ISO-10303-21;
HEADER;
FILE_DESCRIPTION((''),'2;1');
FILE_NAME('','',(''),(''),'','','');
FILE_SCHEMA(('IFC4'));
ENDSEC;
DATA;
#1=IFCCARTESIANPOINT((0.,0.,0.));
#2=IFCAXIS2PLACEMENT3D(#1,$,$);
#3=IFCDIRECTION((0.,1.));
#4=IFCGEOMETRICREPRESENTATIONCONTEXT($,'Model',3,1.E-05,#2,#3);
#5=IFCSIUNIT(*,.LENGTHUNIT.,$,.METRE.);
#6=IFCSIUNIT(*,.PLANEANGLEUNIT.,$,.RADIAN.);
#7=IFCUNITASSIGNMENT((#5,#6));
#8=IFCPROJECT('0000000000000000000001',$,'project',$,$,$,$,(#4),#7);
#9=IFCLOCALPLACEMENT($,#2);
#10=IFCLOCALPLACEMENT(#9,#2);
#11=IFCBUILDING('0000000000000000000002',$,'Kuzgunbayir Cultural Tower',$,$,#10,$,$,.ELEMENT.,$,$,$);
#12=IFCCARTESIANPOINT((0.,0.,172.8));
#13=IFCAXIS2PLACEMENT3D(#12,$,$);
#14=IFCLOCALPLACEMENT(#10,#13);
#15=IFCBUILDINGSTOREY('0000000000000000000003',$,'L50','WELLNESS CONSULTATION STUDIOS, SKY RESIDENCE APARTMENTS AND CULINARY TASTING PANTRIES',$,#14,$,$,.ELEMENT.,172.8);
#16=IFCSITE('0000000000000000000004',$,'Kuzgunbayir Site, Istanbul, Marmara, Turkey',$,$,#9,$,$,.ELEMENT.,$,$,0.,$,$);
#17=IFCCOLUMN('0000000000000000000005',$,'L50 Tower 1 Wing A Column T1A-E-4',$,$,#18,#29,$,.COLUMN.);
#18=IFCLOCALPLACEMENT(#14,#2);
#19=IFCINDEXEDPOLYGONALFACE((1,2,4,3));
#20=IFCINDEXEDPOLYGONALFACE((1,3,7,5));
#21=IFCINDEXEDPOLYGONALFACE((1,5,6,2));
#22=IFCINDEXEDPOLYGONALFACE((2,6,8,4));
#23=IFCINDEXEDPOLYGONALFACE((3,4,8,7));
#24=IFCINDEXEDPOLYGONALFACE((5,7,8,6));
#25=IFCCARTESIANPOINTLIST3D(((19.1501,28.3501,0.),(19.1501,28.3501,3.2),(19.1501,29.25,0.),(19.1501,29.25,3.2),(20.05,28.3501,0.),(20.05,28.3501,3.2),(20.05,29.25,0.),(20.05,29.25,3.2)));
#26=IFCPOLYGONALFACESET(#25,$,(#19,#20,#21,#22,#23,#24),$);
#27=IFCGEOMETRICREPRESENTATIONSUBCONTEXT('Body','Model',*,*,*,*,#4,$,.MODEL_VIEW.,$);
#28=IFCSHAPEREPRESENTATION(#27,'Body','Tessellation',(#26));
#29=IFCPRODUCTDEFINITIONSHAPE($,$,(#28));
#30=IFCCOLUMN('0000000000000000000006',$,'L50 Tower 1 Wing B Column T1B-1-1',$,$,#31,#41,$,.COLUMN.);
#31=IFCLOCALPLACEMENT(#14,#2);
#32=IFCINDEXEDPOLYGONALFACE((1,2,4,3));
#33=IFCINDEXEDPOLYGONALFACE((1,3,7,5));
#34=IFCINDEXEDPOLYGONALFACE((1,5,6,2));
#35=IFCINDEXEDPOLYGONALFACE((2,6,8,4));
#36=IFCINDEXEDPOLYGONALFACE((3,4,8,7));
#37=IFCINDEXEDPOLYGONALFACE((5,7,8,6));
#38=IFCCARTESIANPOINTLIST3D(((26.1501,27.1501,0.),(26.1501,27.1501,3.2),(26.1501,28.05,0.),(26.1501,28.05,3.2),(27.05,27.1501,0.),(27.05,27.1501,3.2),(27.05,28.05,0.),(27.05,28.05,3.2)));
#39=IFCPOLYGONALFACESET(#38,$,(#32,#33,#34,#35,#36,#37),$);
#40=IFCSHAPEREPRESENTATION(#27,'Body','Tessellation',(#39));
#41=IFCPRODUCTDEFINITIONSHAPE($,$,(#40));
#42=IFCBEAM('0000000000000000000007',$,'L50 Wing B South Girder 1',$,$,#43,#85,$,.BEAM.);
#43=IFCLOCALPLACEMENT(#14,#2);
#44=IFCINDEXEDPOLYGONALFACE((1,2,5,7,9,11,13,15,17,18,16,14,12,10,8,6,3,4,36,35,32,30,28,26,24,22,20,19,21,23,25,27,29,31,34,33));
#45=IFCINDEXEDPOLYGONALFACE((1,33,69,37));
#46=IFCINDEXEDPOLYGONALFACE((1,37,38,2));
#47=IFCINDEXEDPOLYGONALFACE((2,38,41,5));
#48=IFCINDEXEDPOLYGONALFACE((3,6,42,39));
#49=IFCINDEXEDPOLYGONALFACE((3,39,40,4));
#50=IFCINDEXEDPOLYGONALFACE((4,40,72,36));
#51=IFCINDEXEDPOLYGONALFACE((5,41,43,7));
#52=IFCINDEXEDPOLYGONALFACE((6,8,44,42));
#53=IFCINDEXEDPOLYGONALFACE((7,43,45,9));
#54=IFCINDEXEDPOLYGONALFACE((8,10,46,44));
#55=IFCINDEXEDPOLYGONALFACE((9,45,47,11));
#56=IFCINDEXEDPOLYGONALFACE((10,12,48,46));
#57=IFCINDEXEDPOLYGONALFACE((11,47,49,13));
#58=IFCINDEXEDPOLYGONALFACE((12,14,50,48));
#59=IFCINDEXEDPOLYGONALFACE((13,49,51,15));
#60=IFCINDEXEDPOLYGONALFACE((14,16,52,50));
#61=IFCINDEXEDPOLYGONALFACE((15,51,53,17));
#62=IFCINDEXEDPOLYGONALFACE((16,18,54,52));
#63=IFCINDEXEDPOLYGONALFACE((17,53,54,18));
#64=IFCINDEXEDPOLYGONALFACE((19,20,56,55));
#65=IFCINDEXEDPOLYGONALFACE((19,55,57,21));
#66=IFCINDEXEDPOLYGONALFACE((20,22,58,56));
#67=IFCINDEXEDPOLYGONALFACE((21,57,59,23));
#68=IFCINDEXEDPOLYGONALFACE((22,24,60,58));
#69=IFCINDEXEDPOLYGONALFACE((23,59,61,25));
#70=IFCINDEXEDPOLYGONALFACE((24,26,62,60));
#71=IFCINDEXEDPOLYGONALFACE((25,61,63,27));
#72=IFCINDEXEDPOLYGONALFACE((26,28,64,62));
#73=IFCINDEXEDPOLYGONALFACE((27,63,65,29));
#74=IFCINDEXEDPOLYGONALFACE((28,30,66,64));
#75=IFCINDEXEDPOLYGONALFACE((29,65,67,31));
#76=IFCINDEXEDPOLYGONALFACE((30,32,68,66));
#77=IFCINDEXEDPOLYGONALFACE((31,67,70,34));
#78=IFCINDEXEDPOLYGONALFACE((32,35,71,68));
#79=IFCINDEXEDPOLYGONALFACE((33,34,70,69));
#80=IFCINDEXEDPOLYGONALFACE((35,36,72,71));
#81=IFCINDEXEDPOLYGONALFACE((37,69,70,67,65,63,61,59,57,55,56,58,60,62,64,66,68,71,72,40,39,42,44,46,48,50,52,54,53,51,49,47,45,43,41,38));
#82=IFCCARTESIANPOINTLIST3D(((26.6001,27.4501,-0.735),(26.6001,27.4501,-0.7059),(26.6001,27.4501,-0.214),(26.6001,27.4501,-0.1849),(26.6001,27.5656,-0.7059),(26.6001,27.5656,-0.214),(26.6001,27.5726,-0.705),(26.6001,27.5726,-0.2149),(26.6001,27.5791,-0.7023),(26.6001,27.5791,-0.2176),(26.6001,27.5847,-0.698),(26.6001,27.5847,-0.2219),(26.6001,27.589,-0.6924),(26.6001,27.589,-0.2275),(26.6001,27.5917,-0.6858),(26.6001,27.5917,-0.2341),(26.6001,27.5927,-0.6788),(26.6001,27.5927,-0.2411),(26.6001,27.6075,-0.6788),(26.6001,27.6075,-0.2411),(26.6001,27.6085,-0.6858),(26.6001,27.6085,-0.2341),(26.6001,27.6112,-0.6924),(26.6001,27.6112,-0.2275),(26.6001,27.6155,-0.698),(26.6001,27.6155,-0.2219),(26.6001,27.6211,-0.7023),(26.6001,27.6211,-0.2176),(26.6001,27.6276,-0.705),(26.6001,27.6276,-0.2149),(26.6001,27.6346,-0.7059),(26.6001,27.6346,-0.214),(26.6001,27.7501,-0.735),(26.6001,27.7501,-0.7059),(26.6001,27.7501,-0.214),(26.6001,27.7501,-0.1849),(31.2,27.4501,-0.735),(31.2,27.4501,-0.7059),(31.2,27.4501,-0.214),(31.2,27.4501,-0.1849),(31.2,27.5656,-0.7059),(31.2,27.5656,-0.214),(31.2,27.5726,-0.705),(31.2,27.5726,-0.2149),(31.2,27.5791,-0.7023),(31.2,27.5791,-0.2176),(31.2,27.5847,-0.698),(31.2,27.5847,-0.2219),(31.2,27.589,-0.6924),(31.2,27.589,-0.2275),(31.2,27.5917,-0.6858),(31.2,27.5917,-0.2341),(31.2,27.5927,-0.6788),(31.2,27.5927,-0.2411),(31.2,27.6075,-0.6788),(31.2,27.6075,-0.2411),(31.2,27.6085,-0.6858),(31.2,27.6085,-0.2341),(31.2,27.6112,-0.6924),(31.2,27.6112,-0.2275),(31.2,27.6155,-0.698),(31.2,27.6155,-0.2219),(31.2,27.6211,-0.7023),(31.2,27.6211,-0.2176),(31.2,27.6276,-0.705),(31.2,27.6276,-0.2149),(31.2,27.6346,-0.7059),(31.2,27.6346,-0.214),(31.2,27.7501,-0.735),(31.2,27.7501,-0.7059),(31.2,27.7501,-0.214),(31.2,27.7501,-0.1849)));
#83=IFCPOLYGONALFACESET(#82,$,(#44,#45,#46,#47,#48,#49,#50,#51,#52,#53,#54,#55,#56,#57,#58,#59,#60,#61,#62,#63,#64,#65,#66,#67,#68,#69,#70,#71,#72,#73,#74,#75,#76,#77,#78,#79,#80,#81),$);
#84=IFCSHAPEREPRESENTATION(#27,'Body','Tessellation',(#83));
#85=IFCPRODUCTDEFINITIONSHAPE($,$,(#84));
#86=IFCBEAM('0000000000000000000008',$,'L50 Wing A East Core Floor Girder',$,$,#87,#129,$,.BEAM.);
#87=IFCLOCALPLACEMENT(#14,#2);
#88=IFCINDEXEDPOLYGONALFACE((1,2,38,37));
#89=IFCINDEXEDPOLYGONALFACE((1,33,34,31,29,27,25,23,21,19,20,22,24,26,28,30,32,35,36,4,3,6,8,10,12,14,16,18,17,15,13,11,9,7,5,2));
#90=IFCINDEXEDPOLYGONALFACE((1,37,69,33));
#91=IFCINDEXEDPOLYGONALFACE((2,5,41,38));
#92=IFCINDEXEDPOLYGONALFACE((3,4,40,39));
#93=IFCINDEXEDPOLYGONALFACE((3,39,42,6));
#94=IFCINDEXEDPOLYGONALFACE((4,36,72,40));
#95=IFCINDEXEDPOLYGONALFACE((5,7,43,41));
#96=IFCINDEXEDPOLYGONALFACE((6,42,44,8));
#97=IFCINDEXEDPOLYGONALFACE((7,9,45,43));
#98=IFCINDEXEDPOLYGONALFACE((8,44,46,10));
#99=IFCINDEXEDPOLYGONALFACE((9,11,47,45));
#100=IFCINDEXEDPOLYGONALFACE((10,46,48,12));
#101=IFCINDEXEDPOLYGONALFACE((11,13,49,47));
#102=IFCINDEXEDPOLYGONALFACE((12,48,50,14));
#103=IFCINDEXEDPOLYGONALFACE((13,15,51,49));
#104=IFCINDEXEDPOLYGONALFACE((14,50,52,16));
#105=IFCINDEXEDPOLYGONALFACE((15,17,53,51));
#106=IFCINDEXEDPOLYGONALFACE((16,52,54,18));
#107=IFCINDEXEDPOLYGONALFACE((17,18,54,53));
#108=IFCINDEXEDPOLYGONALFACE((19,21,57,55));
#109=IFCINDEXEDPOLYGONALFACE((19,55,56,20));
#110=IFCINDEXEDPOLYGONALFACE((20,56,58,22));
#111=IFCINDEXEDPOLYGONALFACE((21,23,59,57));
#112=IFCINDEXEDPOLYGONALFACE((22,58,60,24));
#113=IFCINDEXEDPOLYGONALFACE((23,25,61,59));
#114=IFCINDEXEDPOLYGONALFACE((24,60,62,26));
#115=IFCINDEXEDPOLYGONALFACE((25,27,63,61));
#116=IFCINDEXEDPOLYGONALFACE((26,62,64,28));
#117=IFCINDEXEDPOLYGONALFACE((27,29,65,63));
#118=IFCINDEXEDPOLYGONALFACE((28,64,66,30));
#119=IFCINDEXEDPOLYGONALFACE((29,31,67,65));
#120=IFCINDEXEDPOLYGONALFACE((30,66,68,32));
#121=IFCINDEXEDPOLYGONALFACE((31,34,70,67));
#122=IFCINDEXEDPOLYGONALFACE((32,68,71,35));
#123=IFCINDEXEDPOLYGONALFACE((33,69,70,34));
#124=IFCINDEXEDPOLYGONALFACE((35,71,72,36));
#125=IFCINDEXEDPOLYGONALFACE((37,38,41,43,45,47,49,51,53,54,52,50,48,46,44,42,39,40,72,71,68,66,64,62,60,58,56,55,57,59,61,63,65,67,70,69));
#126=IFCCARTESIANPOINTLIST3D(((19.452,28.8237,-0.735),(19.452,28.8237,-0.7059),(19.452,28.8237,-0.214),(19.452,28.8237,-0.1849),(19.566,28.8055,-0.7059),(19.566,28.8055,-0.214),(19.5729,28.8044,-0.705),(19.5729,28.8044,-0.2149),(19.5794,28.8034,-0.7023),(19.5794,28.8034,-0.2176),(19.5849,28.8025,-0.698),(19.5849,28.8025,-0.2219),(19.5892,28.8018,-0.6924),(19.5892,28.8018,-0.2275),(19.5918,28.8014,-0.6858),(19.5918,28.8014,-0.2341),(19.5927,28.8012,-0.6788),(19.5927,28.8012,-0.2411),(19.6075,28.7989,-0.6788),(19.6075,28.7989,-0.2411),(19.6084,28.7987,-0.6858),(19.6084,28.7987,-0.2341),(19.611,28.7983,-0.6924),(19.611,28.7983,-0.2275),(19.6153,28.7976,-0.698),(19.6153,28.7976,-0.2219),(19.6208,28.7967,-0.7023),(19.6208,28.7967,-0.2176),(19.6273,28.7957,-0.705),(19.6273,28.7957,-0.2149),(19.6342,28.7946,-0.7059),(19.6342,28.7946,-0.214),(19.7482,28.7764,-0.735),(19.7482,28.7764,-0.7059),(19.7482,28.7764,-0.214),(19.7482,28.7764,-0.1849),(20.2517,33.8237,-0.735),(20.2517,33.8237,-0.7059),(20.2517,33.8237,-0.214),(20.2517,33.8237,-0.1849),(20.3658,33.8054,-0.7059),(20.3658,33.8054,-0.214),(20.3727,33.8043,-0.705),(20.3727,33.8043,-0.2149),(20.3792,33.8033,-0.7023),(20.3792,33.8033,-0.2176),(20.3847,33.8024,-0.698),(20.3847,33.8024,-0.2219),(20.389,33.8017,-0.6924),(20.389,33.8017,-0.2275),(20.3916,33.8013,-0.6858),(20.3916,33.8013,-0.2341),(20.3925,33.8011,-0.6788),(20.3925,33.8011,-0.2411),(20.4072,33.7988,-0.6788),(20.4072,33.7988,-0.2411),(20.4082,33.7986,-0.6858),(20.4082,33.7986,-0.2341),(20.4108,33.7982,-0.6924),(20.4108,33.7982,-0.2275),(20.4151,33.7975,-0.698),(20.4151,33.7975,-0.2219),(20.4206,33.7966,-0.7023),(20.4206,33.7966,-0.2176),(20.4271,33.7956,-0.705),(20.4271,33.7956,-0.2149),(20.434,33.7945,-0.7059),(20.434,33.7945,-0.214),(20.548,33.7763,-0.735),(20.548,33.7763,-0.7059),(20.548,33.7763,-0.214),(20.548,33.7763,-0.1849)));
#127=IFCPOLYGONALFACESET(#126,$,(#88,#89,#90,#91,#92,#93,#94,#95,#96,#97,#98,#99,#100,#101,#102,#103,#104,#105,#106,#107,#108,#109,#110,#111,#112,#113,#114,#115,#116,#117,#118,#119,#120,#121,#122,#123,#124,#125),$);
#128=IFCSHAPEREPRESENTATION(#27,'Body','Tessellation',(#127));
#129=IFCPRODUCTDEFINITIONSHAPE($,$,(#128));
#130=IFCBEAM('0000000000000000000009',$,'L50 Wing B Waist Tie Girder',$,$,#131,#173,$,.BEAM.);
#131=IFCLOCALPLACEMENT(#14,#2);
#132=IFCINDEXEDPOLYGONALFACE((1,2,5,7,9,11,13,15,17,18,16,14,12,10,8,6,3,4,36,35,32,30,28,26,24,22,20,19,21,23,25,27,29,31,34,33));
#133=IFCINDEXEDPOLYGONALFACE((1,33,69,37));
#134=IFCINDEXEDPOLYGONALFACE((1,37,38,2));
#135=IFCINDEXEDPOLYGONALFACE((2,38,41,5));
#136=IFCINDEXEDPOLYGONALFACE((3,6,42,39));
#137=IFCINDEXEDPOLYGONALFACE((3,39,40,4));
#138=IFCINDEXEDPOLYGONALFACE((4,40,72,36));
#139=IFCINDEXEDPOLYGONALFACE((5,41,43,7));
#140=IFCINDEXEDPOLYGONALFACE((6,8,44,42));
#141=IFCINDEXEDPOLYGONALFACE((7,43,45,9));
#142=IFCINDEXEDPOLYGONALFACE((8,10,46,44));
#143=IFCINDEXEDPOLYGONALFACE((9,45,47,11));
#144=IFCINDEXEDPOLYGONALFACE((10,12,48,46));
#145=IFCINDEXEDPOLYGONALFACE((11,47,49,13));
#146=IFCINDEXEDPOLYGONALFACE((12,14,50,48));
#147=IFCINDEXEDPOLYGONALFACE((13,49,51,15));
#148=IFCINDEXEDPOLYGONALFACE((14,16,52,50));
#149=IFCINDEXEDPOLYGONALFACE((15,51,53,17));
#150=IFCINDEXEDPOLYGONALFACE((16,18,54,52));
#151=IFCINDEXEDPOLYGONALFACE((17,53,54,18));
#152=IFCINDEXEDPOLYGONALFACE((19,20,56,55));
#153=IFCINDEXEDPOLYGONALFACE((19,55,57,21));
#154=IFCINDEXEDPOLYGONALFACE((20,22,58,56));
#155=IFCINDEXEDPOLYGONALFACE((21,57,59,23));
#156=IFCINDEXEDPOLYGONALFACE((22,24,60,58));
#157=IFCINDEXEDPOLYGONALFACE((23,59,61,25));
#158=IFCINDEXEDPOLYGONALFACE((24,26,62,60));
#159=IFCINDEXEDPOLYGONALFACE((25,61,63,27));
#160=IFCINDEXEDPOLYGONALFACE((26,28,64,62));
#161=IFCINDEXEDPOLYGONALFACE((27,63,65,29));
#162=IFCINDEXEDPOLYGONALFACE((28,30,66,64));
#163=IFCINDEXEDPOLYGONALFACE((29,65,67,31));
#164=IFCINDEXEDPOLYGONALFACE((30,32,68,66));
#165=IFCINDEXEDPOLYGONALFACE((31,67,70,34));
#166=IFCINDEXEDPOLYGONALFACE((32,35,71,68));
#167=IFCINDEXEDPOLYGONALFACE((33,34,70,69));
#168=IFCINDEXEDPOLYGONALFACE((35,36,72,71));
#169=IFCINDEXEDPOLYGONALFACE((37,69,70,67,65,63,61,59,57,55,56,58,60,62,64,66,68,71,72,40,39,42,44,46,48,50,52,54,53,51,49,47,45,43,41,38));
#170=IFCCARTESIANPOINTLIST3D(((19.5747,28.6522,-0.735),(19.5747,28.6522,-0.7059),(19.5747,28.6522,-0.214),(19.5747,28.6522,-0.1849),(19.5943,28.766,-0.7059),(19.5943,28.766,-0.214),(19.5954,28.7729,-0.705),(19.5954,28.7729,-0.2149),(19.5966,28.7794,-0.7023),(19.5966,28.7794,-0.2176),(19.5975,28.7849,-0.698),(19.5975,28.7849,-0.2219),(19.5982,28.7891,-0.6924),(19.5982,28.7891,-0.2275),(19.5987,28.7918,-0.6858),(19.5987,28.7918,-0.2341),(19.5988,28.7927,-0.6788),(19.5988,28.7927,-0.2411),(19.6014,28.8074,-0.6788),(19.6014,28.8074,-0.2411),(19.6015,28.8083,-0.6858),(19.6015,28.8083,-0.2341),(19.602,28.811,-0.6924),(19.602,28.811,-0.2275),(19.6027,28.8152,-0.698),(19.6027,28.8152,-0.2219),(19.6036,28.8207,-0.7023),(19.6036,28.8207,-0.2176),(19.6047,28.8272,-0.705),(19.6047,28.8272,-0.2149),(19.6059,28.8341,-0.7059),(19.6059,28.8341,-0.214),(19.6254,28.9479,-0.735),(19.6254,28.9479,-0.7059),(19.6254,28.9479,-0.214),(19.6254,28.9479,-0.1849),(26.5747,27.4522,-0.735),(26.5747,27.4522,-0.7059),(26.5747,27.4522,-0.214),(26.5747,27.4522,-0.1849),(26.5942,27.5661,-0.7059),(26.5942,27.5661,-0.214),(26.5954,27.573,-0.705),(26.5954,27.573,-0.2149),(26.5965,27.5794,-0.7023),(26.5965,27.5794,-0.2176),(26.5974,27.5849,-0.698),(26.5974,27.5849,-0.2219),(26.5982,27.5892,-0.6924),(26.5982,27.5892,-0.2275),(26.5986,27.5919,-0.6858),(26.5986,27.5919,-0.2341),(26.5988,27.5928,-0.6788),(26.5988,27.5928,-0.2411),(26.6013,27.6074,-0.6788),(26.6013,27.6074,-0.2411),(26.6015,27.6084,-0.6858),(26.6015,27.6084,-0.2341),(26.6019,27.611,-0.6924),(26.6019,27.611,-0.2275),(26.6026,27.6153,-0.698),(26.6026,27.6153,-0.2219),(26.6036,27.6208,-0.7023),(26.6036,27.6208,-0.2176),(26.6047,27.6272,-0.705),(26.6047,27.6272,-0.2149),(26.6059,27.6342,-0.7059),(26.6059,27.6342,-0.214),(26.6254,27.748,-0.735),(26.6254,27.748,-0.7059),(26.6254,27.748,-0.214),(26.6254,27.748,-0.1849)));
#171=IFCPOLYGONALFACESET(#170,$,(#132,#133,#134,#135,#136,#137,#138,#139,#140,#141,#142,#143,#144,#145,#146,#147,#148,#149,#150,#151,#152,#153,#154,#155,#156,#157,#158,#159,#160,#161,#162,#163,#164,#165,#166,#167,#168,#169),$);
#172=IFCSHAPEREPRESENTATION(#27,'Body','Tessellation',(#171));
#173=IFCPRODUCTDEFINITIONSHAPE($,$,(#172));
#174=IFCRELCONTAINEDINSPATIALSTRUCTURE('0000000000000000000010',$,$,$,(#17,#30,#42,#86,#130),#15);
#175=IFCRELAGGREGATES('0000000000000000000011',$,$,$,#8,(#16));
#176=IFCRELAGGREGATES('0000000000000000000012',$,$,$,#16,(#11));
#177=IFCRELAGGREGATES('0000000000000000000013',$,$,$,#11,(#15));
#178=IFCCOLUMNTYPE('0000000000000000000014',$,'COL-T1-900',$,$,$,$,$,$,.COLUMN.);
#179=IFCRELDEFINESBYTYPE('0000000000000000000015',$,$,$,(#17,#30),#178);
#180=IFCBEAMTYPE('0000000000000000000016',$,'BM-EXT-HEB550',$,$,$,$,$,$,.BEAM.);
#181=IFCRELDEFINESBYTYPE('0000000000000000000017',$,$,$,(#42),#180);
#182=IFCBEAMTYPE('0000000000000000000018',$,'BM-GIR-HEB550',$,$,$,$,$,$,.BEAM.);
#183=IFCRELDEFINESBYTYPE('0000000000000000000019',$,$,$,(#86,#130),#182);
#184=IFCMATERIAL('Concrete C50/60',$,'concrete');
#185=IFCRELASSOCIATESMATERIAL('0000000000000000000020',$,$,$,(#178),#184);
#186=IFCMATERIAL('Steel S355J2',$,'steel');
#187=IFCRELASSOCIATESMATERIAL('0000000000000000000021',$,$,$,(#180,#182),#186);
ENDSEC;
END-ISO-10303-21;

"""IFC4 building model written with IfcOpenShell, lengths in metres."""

from ifc_helpers import new_model, si_unit, direction, frame, origin, origin_2d, place, context, subcontext, project, spatial, rectangle, i_section, extrude, material, material_profile, profile_set, type_object, element, save


model = new_model("IFC4")

# Units and contexts
model_context = context("Model", 3, precision=1e-05, world=origin(), true_north=direction((0.0, 1.0)))
body_context = subcontext(model_context, "Body", "Model", "MODEL_VIEW")
ifc_project = project(units=[si_unit("LENGTHUNIT", "METRE"), si_unit("PLANEANGLEUNIT", "RADIAN")], contexts=[model_context])

# Site, building, storey
site_placement = place(None, origin())
site = spatial("IfcSite", under=ifc_project, at=site_placement, Name="Kuzgunbayir Site, Istanbul, Marmara, Turkey", CompositionType="ELEMENT", RefElevation=0.0)
building_placement = place(site_placement, origin())
building = spatial("IfcBuilding", under=site, at=building_placement, Name="Kuzgunbayir Cultural Tower", CompositionType="ELEMENT")
storey_placement = place(building_placement, frame((0.0, 0.0, 172.8)))
storey = spatial("IfcBuildingStorey", under=building, at=storey_placement, Name="L50", Description="WELLNESS CONSULTATION STUDIOS, SKY RESIDENCE APARTMENTS AND CULINARY TASTING PANTRIES", CompositionType="ELEMENT", Elevation=172.8)

# Columns
ifc_material_1 = material(Name="Concrete C50/60", Category="concrete")
ifc_material_profile_1 = material_profile(ifc_material_1, rectangle(XDim=0.8999, YDim=0.8999, at=origin_2d()), Name="RC 900x900")
ifc_profile_set_1 = profile_set([ifc_material_profile_1], Name="Concrete C50/60")
column_type = type_object("IfcColumnType", Name="COL-T1-900", PredefinedType="COLUMN", material=ifc_profile_set_1)
for number, where, z_axis, x_axis, name in (
    (1, (19.6001, 28.8, 0.0), (0.0, 0.0, 1.0), (1.0, 0.0, 0.0), "L50 Tower 1 Wing A Column T1A-E-4"),
    (2, (26.6001, 27.6001, 0.0), (0.0, 0.0, 1.0), (1.0, 0.0, 0.0), "L50 Tower 1 Wing B Column T1B-1-1"),
):
    element("IfcColumn", number, at=place(storey_placement, frame(where, z_axis=z_axis, x_axis=x_axis)), inside=storey, type_object=column_type, Name=name, PredefinedType="COLUMN", context=body_context, shape_type="SweptSolid", body=[
        extrude(rectangle(XDim=0.8999, YDim=0.8999, at=origin_2d()), origin(), (0.0, 0.0, 1.0), 3.2),
    ])

# Beams
ifc_material_2 = material(Name="Steel S355J2", Category="steel")
ifc_material_profile_2 = material_profile(ifc_material_2, i_section(OverallWidth=0.3, OverallDepth=0.55, WebThickness=0.0149, FlangeThickness=0.0291, FilletRadius=0.0271, at=origin_2d()), Name="HEB 550")
ifc_profile_set_2 = profile_set([ifc_material_profile_2], Name="Steel S355J2")
beam_type_1 = type_object("IfcBeamType", Name="BM-EXT-HEB550", PredefinedType="BEAM", material=ifc_profile_set_2)
beam_1_placement = place(storey_placement, frame((26.6001, 27.6001, -0.46), z_axis=(1.0, 0.0, 0.0), x_axis=(0.0, 1.0, 0.0)))
element("IfcBeam", 3, at=beam_1_placement, inside=storey, type_object=beam_type_1, Name="L50 Wing B South Girder 1", PredefinedType="BEAM", context=body_context, shape_type="SweptSolid", body=[
    extrude(i_section(OverallWidth=0.3, OverallDepth=0.55, WebThickness=0.0149, FlangeThickness=0.0291, FilletRadius=0.0271, at=origin_2d()), origin(), (0.0, 0.0, 1.0), 4.5999),
])
ifc_material_profile_3 = material_profile(ifc_material_2, i_section(OverallWidth=0.3, OverallDepth=0.55, WebThickness=0.0149, FlangeThickness=0.0291, FilletRadius=0.0271, at=origin_2d()), Name="HEB 550")
ifc_profile_set_3 = profile_set([ifc_material_profile_3], Name="Steel S355J2")
beam_type_2 = type_object("IfcBeamType", Name="BM-GIR-HEB550", PredefinedType="BEAM", material=ifc_profile_set_3)
beam_2_placement = place(storey_placement, frame((19.6001, 28.8, -0.46), z_axis=(0.157953, 0.987447, 0.0), x_axis=(-0.987447, 0.157953, 0.0)))
element("IfcBeam", 4, at=beam_2_placement, inside=storey, type_object=beam_type_2, Name="L50 Wing A East Core Floor Girder", PredefinedType="BEAM", context=body_context, shape_type="SweptSolid", body=[
    extrude(i_section(OverallWidth=0.3, OverallDepth=0.55, WebThickness=0.0149, FlangeThickness=0.0291, FilletRadius=0.0271, at=origin_2d()), origin(), (0.0, 0.0, 1.0), 5.0635),
])
beam_3_placement = place(storey_placement, frame((19.6001, 28.8, -0.46), z_axis=(0.985623, -0.168957, 0.0), x_axis=(0.168957, 0.985623, 0.0)))
element("IfcBeam", 5, at=beam_3_placement, inside=storey, type_object=beam_type_2, Name="L50 Wing B Waist Tie Girder", PredefinedType="BEAM", context=body_context, shape_type="SweptSolid", body=[
    extrude(i_section(OverallWidth=0.3, OverallDepth=0.55, WebThickness=0.0149, FlangeThickness=0.0291, FilletRadius=0.0271, at=origin_2d()), origin(), (0.0, 0.0, 1.0), 7.1021),
])

save(model, "model.ifc")
